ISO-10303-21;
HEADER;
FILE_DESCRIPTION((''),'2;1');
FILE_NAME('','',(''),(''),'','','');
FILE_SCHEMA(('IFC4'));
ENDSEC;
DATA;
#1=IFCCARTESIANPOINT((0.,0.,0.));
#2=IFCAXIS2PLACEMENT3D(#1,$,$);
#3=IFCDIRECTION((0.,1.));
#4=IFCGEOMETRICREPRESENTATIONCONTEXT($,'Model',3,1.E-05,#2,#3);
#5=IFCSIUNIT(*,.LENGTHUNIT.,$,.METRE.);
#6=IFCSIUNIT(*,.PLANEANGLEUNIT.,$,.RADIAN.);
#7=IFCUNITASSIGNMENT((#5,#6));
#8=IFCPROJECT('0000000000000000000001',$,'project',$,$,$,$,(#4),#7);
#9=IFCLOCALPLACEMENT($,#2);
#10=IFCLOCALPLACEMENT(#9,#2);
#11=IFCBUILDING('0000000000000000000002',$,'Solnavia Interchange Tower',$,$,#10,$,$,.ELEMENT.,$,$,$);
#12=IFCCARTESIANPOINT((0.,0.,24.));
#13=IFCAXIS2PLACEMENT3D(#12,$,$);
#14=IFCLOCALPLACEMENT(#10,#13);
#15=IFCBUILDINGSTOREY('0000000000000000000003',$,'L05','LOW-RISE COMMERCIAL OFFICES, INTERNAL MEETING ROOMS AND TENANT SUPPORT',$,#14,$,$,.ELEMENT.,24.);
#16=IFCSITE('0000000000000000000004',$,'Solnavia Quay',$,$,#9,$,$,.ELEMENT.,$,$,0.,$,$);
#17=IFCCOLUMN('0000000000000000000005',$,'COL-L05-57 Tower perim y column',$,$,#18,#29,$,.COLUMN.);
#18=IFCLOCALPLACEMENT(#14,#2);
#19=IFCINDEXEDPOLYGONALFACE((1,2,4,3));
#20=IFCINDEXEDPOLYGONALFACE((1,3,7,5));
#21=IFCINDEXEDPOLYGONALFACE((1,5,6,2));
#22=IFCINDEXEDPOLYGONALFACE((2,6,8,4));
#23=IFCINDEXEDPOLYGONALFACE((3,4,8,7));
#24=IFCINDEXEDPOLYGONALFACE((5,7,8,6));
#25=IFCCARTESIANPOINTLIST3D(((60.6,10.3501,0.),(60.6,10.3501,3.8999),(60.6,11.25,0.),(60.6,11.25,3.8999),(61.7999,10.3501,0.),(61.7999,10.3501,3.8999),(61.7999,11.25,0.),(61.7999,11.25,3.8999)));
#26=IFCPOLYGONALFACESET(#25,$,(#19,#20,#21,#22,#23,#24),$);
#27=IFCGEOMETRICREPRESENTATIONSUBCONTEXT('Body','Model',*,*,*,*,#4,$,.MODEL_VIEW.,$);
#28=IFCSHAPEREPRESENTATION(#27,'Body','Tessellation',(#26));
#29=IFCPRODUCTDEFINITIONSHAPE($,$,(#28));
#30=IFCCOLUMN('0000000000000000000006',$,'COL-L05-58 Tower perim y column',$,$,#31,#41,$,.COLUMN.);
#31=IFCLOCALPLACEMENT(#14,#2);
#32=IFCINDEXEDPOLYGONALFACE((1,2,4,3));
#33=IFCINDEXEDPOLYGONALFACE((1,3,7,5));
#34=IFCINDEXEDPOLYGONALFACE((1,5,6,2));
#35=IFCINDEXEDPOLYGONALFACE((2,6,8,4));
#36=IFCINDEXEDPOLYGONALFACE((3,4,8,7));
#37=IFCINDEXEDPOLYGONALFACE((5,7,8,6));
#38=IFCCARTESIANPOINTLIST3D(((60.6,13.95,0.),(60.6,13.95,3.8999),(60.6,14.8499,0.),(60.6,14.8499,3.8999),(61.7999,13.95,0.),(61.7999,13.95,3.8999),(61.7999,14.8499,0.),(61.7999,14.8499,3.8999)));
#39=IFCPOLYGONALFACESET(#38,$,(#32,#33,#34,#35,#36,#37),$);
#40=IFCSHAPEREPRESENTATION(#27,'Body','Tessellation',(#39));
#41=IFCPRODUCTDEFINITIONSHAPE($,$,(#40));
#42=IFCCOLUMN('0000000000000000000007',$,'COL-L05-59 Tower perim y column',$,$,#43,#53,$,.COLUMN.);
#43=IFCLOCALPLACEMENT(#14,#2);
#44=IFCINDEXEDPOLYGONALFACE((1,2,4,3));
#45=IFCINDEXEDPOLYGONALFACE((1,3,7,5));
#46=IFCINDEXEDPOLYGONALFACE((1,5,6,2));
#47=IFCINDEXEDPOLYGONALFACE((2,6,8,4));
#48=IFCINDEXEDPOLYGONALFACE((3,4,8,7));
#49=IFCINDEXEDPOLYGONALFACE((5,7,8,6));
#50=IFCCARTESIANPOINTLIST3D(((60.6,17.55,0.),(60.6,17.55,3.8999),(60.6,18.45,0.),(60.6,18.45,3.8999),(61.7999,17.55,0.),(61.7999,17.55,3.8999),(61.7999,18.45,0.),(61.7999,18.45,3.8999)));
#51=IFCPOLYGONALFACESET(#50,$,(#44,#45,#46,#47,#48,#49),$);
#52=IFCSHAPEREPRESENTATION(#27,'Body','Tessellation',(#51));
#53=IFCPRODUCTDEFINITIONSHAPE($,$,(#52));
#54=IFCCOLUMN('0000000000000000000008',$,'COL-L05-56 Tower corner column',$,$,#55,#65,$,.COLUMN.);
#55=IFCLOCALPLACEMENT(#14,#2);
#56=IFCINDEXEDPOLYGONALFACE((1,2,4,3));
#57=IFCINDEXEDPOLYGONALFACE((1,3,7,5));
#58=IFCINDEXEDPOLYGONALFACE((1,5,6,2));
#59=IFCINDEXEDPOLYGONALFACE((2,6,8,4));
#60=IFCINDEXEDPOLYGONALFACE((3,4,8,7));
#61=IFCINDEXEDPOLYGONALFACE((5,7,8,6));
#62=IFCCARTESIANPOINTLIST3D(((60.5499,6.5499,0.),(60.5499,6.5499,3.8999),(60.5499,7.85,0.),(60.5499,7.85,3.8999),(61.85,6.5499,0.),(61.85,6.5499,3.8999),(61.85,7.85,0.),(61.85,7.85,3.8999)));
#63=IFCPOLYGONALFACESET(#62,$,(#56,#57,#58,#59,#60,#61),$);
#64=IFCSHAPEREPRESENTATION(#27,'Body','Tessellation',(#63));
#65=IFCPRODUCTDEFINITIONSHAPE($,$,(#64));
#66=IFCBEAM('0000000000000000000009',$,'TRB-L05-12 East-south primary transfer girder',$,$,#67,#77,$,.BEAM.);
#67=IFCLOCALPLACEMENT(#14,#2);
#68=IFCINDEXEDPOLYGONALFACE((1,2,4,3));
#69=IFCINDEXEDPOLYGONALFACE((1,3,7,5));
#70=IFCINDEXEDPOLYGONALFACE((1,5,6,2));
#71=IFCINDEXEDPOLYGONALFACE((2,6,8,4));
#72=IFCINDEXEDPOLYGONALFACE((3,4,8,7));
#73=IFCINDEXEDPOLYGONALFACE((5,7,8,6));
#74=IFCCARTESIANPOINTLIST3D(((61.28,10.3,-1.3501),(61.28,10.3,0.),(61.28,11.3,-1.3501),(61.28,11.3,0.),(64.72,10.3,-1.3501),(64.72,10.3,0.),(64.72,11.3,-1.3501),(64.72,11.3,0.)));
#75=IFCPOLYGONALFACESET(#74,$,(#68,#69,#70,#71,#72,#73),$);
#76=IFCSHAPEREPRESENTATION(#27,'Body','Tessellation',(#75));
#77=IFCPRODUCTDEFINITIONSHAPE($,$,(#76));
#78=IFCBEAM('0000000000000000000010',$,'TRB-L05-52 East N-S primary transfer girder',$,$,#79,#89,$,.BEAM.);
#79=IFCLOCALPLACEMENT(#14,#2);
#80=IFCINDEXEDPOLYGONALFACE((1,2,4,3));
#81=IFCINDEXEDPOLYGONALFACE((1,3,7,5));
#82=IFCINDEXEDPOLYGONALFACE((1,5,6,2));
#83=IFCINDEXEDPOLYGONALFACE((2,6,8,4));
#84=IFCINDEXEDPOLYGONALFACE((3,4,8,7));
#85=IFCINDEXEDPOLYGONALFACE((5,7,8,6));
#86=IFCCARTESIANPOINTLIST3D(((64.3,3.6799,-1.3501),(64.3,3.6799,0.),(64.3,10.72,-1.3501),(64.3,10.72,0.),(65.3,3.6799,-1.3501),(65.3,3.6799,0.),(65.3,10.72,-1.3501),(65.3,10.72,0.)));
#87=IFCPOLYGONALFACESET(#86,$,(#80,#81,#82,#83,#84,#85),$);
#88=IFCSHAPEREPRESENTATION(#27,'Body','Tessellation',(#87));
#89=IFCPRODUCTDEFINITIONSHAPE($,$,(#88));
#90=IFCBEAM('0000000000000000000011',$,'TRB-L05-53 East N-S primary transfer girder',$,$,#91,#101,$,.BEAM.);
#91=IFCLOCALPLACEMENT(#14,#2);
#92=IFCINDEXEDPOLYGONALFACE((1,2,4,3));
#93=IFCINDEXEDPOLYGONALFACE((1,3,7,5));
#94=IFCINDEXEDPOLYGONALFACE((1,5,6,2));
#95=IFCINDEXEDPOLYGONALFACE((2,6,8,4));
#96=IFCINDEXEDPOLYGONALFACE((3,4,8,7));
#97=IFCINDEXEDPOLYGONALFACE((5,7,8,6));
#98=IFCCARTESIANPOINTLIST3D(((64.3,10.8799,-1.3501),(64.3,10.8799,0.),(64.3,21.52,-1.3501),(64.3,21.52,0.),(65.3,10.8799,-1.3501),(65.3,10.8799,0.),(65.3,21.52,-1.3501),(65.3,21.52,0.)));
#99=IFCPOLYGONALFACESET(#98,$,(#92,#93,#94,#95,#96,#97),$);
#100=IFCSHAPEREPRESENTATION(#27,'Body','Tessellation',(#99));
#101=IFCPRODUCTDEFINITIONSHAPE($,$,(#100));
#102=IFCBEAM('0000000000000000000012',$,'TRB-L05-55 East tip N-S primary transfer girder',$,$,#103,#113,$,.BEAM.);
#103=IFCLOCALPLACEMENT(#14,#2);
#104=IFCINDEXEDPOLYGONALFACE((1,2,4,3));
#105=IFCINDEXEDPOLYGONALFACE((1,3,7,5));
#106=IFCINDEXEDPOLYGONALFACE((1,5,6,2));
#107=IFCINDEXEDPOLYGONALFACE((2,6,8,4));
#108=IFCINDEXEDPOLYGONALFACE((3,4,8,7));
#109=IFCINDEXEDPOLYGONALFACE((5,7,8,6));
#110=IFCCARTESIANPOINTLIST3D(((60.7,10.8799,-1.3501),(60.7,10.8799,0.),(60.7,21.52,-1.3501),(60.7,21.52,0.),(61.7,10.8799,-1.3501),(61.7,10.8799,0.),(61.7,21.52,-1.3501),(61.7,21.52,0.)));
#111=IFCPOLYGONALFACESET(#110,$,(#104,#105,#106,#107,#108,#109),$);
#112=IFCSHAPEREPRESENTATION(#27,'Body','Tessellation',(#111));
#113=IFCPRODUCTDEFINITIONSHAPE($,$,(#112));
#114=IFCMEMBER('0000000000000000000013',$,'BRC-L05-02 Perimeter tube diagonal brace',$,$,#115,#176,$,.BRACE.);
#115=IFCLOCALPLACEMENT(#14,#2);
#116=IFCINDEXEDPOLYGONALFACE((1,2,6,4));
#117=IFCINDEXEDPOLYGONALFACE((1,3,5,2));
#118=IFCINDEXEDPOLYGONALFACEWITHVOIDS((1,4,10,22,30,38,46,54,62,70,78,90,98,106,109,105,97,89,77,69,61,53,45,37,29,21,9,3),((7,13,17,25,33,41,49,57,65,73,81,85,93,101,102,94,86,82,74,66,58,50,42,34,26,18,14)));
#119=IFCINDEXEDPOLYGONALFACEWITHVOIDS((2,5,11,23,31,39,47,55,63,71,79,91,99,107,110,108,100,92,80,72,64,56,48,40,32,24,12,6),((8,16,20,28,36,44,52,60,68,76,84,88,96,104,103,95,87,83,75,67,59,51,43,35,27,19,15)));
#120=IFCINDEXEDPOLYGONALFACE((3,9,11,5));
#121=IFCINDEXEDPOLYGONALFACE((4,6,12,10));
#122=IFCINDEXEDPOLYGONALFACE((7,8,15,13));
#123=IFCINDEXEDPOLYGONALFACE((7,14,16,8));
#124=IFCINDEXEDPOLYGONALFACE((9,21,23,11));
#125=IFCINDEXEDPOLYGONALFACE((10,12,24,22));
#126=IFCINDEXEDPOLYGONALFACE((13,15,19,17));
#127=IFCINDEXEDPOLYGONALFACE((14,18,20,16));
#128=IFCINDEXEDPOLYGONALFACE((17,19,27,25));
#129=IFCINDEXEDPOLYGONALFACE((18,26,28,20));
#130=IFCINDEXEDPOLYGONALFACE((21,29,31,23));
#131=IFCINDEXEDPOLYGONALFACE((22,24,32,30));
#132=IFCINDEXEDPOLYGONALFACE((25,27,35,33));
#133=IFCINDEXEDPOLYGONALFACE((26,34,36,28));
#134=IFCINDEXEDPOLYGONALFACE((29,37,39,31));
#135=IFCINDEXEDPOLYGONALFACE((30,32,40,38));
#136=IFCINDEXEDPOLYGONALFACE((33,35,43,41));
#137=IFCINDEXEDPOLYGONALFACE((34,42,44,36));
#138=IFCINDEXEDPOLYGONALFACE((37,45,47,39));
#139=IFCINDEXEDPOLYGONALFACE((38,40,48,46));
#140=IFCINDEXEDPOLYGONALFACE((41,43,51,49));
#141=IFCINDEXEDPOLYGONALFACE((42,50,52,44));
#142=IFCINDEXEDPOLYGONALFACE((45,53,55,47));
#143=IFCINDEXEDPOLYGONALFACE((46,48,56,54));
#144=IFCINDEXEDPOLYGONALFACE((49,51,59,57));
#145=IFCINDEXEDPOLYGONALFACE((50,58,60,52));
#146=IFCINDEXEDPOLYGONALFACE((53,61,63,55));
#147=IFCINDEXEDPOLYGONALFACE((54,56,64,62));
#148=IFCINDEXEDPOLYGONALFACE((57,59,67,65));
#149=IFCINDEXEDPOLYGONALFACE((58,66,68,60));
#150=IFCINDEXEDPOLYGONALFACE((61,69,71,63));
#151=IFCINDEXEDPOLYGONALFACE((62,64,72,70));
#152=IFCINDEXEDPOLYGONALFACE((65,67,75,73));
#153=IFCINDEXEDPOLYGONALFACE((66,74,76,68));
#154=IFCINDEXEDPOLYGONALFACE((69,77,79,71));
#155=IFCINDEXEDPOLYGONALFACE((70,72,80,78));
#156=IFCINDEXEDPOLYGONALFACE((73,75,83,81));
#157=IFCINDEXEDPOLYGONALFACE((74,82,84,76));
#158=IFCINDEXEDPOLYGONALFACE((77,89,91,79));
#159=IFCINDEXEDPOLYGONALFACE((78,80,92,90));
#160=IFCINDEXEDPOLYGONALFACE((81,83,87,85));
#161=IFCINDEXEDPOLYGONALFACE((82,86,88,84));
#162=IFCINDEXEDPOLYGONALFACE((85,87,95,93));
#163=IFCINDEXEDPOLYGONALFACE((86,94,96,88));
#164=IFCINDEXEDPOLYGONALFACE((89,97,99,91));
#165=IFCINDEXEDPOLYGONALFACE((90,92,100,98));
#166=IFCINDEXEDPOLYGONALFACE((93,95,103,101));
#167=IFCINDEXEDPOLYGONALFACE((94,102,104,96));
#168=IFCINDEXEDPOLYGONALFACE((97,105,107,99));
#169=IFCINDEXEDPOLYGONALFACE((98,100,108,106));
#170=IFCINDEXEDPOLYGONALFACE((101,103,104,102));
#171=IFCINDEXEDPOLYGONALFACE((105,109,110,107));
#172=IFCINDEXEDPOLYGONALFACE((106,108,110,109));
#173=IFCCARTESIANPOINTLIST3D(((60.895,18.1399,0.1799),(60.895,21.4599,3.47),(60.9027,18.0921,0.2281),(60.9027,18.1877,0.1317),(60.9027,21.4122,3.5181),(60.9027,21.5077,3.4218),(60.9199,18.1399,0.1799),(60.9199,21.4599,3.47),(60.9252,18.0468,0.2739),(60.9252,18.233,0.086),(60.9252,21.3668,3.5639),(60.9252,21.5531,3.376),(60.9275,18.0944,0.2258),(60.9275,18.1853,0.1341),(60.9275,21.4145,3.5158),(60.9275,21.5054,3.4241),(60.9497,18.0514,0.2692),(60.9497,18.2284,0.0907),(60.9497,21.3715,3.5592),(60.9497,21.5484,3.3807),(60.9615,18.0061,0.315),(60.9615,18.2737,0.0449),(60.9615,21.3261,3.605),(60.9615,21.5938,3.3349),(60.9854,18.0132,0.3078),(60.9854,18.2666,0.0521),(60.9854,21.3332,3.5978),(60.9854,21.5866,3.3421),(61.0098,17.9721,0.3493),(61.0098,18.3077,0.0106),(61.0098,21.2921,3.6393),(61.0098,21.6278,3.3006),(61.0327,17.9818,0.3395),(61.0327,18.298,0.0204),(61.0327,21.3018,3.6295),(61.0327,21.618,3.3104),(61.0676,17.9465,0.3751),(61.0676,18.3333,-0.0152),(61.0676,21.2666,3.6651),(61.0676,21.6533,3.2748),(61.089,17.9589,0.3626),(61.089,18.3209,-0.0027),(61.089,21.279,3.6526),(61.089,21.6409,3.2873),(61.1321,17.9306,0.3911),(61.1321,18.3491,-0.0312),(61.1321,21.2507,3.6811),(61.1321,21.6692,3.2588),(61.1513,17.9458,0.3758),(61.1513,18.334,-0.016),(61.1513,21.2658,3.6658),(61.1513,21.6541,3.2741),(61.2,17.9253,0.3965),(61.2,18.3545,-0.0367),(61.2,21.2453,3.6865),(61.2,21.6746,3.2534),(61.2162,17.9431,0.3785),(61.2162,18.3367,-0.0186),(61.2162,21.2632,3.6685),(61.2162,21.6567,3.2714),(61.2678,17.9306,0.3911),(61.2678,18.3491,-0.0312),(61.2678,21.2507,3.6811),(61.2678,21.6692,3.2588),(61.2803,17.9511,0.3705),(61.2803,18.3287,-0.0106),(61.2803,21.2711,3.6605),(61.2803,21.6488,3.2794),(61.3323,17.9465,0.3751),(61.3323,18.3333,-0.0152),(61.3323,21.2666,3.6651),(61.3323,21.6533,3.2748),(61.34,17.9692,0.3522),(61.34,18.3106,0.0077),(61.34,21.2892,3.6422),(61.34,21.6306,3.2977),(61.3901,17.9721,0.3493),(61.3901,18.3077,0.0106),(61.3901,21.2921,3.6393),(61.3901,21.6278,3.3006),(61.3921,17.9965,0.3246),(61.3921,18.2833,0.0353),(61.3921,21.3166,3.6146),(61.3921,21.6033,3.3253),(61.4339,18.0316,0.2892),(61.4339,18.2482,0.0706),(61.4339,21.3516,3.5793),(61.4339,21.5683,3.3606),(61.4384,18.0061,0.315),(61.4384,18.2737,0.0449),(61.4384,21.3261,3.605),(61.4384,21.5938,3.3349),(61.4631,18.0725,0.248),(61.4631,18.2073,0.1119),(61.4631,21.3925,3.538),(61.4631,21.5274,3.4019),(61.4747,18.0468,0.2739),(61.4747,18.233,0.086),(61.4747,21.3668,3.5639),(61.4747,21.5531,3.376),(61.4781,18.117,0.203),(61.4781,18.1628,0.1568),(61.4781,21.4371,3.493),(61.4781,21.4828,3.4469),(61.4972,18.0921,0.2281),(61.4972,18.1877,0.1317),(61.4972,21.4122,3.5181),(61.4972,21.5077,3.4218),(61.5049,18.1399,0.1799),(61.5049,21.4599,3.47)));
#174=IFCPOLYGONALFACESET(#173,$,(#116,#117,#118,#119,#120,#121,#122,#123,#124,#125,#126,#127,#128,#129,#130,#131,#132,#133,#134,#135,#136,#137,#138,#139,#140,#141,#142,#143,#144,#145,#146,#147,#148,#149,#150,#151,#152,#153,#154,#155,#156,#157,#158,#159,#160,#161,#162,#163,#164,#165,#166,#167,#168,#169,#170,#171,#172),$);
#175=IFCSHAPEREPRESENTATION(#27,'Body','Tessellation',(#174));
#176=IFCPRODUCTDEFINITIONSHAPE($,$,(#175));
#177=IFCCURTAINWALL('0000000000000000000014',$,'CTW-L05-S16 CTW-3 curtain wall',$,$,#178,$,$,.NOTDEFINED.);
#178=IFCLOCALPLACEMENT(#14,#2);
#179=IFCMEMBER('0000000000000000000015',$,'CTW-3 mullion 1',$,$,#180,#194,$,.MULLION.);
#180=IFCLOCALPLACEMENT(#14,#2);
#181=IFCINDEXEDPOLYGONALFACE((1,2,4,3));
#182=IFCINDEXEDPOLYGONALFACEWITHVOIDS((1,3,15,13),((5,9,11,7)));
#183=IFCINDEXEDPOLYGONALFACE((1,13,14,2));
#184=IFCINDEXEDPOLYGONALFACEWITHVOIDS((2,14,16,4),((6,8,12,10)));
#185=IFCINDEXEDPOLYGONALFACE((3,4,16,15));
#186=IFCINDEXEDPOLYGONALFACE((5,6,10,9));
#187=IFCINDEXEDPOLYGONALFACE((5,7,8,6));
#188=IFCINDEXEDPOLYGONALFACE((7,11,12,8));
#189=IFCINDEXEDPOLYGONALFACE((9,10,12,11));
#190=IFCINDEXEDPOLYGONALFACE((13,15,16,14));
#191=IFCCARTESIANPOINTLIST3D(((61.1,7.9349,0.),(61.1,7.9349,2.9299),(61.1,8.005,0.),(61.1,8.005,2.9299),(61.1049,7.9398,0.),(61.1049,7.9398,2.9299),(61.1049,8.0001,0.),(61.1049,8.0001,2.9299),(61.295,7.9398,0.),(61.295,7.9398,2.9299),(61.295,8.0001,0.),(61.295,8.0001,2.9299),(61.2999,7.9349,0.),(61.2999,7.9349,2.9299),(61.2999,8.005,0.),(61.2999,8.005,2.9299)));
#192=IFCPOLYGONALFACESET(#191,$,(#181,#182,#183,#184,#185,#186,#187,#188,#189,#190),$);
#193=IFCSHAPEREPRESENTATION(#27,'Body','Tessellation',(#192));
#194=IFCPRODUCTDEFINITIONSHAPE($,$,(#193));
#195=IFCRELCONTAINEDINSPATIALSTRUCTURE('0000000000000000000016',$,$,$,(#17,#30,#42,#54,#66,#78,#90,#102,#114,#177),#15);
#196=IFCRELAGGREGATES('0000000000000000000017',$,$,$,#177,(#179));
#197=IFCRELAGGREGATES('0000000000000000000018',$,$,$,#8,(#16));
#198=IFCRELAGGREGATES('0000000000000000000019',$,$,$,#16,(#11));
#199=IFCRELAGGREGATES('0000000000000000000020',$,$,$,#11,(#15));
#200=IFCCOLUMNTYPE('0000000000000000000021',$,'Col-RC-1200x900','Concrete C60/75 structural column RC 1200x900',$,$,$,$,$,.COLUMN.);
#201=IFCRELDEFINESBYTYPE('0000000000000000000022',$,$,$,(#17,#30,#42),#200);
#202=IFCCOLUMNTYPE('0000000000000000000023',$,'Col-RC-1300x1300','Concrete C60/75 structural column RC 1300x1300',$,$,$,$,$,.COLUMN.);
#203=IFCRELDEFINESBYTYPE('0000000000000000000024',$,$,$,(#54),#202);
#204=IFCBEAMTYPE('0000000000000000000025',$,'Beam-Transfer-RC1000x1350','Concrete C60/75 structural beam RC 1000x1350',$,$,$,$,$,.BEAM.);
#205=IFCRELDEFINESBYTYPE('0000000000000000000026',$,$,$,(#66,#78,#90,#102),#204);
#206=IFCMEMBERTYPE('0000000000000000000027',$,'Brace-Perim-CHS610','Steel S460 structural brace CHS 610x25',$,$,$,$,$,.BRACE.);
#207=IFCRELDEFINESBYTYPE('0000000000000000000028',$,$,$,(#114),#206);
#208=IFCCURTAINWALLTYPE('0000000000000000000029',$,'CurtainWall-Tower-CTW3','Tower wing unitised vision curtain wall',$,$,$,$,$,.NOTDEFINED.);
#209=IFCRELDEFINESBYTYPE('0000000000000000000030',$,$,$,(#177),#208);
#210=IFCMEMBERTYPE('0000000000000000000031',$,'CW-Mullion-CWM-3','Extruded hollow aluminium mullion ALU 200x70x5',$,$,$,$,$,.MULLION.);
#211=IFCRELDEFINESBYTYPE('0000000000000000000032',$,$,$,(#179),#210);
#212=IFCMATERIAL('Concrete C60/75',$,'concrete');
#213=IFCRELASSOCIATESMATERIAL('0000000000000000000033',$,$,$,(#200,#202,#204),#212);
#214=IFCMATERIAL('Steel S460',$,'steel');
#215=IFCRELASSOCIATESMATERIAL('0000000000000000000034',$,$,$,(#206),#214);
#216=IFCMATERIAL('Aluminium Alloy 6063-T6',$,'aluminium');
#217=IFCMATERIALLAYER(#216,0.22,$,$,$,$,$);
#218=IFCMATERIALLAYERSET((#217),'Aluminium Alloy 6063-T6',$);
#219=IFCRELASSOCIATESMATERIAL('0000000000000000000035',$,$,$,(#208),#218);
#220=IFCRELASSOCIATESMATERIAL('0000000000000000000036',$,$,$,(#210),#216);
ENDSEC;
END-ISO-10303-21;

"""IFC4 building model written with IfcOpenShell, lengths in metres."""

from ifc_helpers import new_model, si_unit, direction, frame, origin, origin_2d, place, context, subcontext, project, spatial, rectangle, hollow_rectangle, hollow_circle, extrude, material, layer, layer_set, material_profile, profile_set, type_object, element, aggregate, save


model = new_model("IFC4")

# Units and contexts
model_context = context("Model", 3, precision=1e-05, world=origin(), true_north=direction((0.0, 1.0)))
body_context = subcontext(model_context, "Body", "Model", "MODEL_VIEW")
ifc_project = project(units=[si_unit("LENGTHUNIT", "METRE"), si_unit("PLANEANGLEUNIT", "RADIAN")], contexts=[model_context])

# Site, building, storey
site_placement = place(None, origin())
site = spatial("IfcSite", under=ifc_project, at=site_placement, Name="Solnavia Quay", CompositionType="ELEMENT", RefElevation=0.0)
building_placement = place(site_placement, origin())
building = spatial("IfcBuilding", under=site, at=building_placement, Name="Solnavia Interchange Tower", CompositionType="ELEMENT")
storey_placement = place(building_placement, frame((0.0, 0.0, 24.0)))
storey = spatial("IfcBuildingStorey", under=building, at=storey_placement, Name="L05", Description="LOW-RISE COMMERCIAL OFFICES, INTERNAL MEETING ROOMS AND TENANT SUPPORT", CompositionType="ELEMENT", Elevation=24.0)

# Columns
ifc_material_1 = material(Name="Concrete C60/75", Category="concrete")
ifc_material_profile_1 = material_profile(ifc_material_1, rectangle(XDim=0.8999, YDim=1.2, at=origin_2d()), Name="RC 1200x900")
ifc_profile_set_1 = profile_set([ifc_material_profile_1], Name="Concrete C60/75")
column_type_1 = type_object("IfcColumnType", Name="Col-RC-1200x900", Description="Concrete C60/75 structural column RC 1200x900", PredefinedType="COLUMN", material=ifc_profile_set_1)
for number, where, z_axis, x_axis, name in (
    (1, (61.2, 10.8, 0.0), (0.0, 0.0, 1.0), (0.0, 1.0, 0.0), "COL-L05-57 Tower perim y column"),
    (2, (61.2, 14.3999, 0.0), (0.0, 0.0, 1.0), (0.0, 1.0, 0.0), "COL-L05-58 Tower perim y column"),
    (3, (61.2, 18.0, 0.0), (0.0, 0.0, 1.0), (0.0, 1.0, 0.0), "COL-L05-59 Tower perim y column"),
):
    element("IfcColumn", number, at=place(storey_placement, frame(where, z_axis=z_axis, x_axis=x_axis)), inside=storey, type_object=column_type_1, Name=name, PredefinedType="COLUMN", context=body_context, shape_type="SweptSolid", body=[
        extrude(rectangle(XDim=0.8999, YDim=1.2, at=origin_2d()), origin(), (0.0, 0.0, 1.0), 3.8999),
    ])
ifc_material_profile_2 = material_profile(ifc_material_1, rectangle(XDim=1.3, YDim=1.3, at=origin_2d()), Name="RC 1300x1300")
ifc_profile_set_2 = profile_set([ifc_material_profile_2], Name="Concrete C60/75")
column_type_2 = type_object("IfcColumnType", Name="Col-RC-1300x1300", Description="Concrete C60/75 structural column RC 1300x1300", PredefinedType="COLUMN", material=ifc_profile_set_2)
column_placement = place(storey_placement, frame((61.2, 7.2, 0.0), z_axis=(0.0, 0.0, 1.0), x_axis=(1.0, 0.0, 0.0)))
element("IfcColumn", 4, at=column_placement, inside=storey, type_object=column_type_2, Name="COL-L05-56 Tower corner column", PredefinedType="COLUMN", context=body_context, shape_type="SweptSolid", body=[
    extrude(rectangle(XDim=1.3, YDim=1.3, at=origin_2d()), origin(), (0.0, 0.0, 1.0), 3.8999),
])

# Beams
ifc_material_profile_3 = material_profile(ifc_material_1, rectangle(XDim=1.0, YDim=1.3501, at=origin_2d()), Name="RC 1000x1350")
ifc_profile_set_3 = profile_set([ifc_material_profile_3], Name="Concrete C60/75")
beam_type = type_object("IfcBeamType", Name="Beam-Transfer-RC1000x1350", Description="Concrete C60/75 structural beam RC 1000x1350", PredefinedType="BEAM", material=ifc_profile_set_3)
beam_1_placement = place(storey_placement, frame((61.28, 10.8, -0.675), z_axis=(1.0, 0.0, 0.0), x_axis=(0.0, 1.0, 0.0)))
element("IfcBeam", 5, at=beam_1_placement, inside=storey, type_object=beam_type, Name="TRB-L05-12 East-south primary transfer girder", PredefinedType="BEAM", context=body_context, shape_type="SweptSolid", body=[
    extrude(rectangle(XDim=1.0, YDim=1.3501, at=origin_2d()), origin(), (0.0, 0.0, 1.0), 3.4399),
])
beam_2_placement = place(storey_placement, frame((64.8, 3.6799, -0.675), z_axis=(0.0, 1.0, 0.0), x_axis=(-1.0, 0.0, 0.0)))
element("IfcBeam", 6, at=beam_2_placement, inside=storey, type_object=beam_type, Name="TRB-L05-52 East N-S primary transfer girder", PredefinedType="BEAM", context=body_context, shape_type="SweptSolid", body=[
    extrude(rectangle(XDim=1.0, YDim=1.3501, at=origin_2d()), origin(), (0.0, 0.0, 1.0), 7.04),
])
for number, where, z_axis, x_axis, name in (
    (7, (64.8, 10.8799, -0.675), (0.0, 1.0, 0.0), (-1.0, 0.0, 0.0), "TRB-L05-53 East N-S primary transfer girder"),
    (8, (61.2, 10.8799, -0.675), (0.0, 1.0, 0.0), (-1.0, 0.0, 0.0), "TRB-L05-55 East tip N-S primary transfer girder"),
):
    element("IfcBeam", number, at=place(storey_placement, frame(where, z_axis=z_axis, x_axis=x_axis)), inside=storey, type_object=beam_type, Name=name, PredefinedType="BEAM", context=body_context, shape_type="SweptSolid", body=[
        extrude(rectangle(XDim=1.0, YDim=1.3501, at=origin_2d()), origin(), (0.0, 0.0, 1.0), 10.6401),
    ])

# Member
ifc_material_2 = material(Name="Steel S460", Category="steel")
ifc_material_profile_4 = material_profile(ifc_material_2, hollow_circle(Radius=0.3049, WallThickness=0.0249, at=origin_2d()), Name="CHS 610x25")
ifc_profile_set_4 = profile_set([ifc_material_profile_4], Name="Steel S460")
member_type_1 = type_object("IfcMemberType", Name="Brace-Perim-CHS610", Description="Steel S460 structural brace CHS 610x25", PredefinedType="BRACE", material=ifc_profile_set_4)
member_1_placement = place(storey_placement, frame((61.2, 18.1399, 0.1799), z_axis=(0.0, 0.710312, 0.703887), x_axis=(-1.0, 0.0, 0.0)))
element("IfcMember", 9, at=member_1_placement, inside=storey, type_object=member_type_1, Name="BRC-L05-02 Perimeter tube diagonal brace", PredefinedType="BRACE", context=body_context, shape_type="SweptSolid", body=[
    extrude(hollow_circle(Radius=0.3049, WallThickness=0.0249, at=origin_2d()), origin(), (0.0, 0.0, 1.0), 4.6741),
])

# Curtain wall, member
ifc_material_3 = material(Name="Aluminium Alloy 6063-T6", Category="aluminium")
ifc_layer_1 = layer(ifc_material_3, 0.22)
ifc_layer_set_1 = layer_set([ifc_layer_1], Name="Aluminium Alloy 6063-T6")
curtain_wall_type = type_object("IfcCurtainWallType", Name="CurtainWall-Tower-CTW3", Description="Tower wing unitised vision curtain wall", PredefinedType="NOTDEFINED", material=ifc_layer_set_1)
curtain_wall_1_placement = place(storey_placement, origin())
curtain_wall_1 = element("IfcCurtainWall", 10, at=curtain_wall_1_placement, inside=storey, type_object=curtain_wall_type, Name="CTW-L05-S16 CTW-3 curtain wall", PredefinedType="NOTDEFINED")
ifc_material_profile_5 = material_profile(ifc_material_3, hollow_rectangle(XDim=0.0701, YDim=0.2, WallThickness=0.0049, at=origin_2d()), Name="ALU 200x70x5")
ifc_profile_set_5 = profile_set([ifc_material_profile_5], Name="Aluminium Alloy 6063-T6")
member_type_2 = type_object("IfcMemberType", Name="CW-Mullion-CWM-3", Description="Extruded hollow aluminium mullion ALU 200x70x5", PredefinedType="MULLION", material=ifc_profile_set_5)
member_2_placement = place(storey_placement, frame((61.2, 7.97, 0.0), z_axis=(0.0, 0.0, 1.0), x_axis=(0.0, 1.0, 0.0)))
member_2 = element("IfcMember", 11, at=member_2_placement, type_object=member_type_2, Name="CTW-3 mullion 1", PredefinedType="MULLION", context=body_context, shape_type="SweptSolid", body=[
    extrude(hollow_rectangle(XDim=0.0701, YDim=0.2, WallThickness=0.0049, at=origin_2d()), origin(), (0.0, 0.0, 1.0), 2.9299),
])

aggregate(curtain_wall_1, [member_2])

save(model, "model.ifc")
